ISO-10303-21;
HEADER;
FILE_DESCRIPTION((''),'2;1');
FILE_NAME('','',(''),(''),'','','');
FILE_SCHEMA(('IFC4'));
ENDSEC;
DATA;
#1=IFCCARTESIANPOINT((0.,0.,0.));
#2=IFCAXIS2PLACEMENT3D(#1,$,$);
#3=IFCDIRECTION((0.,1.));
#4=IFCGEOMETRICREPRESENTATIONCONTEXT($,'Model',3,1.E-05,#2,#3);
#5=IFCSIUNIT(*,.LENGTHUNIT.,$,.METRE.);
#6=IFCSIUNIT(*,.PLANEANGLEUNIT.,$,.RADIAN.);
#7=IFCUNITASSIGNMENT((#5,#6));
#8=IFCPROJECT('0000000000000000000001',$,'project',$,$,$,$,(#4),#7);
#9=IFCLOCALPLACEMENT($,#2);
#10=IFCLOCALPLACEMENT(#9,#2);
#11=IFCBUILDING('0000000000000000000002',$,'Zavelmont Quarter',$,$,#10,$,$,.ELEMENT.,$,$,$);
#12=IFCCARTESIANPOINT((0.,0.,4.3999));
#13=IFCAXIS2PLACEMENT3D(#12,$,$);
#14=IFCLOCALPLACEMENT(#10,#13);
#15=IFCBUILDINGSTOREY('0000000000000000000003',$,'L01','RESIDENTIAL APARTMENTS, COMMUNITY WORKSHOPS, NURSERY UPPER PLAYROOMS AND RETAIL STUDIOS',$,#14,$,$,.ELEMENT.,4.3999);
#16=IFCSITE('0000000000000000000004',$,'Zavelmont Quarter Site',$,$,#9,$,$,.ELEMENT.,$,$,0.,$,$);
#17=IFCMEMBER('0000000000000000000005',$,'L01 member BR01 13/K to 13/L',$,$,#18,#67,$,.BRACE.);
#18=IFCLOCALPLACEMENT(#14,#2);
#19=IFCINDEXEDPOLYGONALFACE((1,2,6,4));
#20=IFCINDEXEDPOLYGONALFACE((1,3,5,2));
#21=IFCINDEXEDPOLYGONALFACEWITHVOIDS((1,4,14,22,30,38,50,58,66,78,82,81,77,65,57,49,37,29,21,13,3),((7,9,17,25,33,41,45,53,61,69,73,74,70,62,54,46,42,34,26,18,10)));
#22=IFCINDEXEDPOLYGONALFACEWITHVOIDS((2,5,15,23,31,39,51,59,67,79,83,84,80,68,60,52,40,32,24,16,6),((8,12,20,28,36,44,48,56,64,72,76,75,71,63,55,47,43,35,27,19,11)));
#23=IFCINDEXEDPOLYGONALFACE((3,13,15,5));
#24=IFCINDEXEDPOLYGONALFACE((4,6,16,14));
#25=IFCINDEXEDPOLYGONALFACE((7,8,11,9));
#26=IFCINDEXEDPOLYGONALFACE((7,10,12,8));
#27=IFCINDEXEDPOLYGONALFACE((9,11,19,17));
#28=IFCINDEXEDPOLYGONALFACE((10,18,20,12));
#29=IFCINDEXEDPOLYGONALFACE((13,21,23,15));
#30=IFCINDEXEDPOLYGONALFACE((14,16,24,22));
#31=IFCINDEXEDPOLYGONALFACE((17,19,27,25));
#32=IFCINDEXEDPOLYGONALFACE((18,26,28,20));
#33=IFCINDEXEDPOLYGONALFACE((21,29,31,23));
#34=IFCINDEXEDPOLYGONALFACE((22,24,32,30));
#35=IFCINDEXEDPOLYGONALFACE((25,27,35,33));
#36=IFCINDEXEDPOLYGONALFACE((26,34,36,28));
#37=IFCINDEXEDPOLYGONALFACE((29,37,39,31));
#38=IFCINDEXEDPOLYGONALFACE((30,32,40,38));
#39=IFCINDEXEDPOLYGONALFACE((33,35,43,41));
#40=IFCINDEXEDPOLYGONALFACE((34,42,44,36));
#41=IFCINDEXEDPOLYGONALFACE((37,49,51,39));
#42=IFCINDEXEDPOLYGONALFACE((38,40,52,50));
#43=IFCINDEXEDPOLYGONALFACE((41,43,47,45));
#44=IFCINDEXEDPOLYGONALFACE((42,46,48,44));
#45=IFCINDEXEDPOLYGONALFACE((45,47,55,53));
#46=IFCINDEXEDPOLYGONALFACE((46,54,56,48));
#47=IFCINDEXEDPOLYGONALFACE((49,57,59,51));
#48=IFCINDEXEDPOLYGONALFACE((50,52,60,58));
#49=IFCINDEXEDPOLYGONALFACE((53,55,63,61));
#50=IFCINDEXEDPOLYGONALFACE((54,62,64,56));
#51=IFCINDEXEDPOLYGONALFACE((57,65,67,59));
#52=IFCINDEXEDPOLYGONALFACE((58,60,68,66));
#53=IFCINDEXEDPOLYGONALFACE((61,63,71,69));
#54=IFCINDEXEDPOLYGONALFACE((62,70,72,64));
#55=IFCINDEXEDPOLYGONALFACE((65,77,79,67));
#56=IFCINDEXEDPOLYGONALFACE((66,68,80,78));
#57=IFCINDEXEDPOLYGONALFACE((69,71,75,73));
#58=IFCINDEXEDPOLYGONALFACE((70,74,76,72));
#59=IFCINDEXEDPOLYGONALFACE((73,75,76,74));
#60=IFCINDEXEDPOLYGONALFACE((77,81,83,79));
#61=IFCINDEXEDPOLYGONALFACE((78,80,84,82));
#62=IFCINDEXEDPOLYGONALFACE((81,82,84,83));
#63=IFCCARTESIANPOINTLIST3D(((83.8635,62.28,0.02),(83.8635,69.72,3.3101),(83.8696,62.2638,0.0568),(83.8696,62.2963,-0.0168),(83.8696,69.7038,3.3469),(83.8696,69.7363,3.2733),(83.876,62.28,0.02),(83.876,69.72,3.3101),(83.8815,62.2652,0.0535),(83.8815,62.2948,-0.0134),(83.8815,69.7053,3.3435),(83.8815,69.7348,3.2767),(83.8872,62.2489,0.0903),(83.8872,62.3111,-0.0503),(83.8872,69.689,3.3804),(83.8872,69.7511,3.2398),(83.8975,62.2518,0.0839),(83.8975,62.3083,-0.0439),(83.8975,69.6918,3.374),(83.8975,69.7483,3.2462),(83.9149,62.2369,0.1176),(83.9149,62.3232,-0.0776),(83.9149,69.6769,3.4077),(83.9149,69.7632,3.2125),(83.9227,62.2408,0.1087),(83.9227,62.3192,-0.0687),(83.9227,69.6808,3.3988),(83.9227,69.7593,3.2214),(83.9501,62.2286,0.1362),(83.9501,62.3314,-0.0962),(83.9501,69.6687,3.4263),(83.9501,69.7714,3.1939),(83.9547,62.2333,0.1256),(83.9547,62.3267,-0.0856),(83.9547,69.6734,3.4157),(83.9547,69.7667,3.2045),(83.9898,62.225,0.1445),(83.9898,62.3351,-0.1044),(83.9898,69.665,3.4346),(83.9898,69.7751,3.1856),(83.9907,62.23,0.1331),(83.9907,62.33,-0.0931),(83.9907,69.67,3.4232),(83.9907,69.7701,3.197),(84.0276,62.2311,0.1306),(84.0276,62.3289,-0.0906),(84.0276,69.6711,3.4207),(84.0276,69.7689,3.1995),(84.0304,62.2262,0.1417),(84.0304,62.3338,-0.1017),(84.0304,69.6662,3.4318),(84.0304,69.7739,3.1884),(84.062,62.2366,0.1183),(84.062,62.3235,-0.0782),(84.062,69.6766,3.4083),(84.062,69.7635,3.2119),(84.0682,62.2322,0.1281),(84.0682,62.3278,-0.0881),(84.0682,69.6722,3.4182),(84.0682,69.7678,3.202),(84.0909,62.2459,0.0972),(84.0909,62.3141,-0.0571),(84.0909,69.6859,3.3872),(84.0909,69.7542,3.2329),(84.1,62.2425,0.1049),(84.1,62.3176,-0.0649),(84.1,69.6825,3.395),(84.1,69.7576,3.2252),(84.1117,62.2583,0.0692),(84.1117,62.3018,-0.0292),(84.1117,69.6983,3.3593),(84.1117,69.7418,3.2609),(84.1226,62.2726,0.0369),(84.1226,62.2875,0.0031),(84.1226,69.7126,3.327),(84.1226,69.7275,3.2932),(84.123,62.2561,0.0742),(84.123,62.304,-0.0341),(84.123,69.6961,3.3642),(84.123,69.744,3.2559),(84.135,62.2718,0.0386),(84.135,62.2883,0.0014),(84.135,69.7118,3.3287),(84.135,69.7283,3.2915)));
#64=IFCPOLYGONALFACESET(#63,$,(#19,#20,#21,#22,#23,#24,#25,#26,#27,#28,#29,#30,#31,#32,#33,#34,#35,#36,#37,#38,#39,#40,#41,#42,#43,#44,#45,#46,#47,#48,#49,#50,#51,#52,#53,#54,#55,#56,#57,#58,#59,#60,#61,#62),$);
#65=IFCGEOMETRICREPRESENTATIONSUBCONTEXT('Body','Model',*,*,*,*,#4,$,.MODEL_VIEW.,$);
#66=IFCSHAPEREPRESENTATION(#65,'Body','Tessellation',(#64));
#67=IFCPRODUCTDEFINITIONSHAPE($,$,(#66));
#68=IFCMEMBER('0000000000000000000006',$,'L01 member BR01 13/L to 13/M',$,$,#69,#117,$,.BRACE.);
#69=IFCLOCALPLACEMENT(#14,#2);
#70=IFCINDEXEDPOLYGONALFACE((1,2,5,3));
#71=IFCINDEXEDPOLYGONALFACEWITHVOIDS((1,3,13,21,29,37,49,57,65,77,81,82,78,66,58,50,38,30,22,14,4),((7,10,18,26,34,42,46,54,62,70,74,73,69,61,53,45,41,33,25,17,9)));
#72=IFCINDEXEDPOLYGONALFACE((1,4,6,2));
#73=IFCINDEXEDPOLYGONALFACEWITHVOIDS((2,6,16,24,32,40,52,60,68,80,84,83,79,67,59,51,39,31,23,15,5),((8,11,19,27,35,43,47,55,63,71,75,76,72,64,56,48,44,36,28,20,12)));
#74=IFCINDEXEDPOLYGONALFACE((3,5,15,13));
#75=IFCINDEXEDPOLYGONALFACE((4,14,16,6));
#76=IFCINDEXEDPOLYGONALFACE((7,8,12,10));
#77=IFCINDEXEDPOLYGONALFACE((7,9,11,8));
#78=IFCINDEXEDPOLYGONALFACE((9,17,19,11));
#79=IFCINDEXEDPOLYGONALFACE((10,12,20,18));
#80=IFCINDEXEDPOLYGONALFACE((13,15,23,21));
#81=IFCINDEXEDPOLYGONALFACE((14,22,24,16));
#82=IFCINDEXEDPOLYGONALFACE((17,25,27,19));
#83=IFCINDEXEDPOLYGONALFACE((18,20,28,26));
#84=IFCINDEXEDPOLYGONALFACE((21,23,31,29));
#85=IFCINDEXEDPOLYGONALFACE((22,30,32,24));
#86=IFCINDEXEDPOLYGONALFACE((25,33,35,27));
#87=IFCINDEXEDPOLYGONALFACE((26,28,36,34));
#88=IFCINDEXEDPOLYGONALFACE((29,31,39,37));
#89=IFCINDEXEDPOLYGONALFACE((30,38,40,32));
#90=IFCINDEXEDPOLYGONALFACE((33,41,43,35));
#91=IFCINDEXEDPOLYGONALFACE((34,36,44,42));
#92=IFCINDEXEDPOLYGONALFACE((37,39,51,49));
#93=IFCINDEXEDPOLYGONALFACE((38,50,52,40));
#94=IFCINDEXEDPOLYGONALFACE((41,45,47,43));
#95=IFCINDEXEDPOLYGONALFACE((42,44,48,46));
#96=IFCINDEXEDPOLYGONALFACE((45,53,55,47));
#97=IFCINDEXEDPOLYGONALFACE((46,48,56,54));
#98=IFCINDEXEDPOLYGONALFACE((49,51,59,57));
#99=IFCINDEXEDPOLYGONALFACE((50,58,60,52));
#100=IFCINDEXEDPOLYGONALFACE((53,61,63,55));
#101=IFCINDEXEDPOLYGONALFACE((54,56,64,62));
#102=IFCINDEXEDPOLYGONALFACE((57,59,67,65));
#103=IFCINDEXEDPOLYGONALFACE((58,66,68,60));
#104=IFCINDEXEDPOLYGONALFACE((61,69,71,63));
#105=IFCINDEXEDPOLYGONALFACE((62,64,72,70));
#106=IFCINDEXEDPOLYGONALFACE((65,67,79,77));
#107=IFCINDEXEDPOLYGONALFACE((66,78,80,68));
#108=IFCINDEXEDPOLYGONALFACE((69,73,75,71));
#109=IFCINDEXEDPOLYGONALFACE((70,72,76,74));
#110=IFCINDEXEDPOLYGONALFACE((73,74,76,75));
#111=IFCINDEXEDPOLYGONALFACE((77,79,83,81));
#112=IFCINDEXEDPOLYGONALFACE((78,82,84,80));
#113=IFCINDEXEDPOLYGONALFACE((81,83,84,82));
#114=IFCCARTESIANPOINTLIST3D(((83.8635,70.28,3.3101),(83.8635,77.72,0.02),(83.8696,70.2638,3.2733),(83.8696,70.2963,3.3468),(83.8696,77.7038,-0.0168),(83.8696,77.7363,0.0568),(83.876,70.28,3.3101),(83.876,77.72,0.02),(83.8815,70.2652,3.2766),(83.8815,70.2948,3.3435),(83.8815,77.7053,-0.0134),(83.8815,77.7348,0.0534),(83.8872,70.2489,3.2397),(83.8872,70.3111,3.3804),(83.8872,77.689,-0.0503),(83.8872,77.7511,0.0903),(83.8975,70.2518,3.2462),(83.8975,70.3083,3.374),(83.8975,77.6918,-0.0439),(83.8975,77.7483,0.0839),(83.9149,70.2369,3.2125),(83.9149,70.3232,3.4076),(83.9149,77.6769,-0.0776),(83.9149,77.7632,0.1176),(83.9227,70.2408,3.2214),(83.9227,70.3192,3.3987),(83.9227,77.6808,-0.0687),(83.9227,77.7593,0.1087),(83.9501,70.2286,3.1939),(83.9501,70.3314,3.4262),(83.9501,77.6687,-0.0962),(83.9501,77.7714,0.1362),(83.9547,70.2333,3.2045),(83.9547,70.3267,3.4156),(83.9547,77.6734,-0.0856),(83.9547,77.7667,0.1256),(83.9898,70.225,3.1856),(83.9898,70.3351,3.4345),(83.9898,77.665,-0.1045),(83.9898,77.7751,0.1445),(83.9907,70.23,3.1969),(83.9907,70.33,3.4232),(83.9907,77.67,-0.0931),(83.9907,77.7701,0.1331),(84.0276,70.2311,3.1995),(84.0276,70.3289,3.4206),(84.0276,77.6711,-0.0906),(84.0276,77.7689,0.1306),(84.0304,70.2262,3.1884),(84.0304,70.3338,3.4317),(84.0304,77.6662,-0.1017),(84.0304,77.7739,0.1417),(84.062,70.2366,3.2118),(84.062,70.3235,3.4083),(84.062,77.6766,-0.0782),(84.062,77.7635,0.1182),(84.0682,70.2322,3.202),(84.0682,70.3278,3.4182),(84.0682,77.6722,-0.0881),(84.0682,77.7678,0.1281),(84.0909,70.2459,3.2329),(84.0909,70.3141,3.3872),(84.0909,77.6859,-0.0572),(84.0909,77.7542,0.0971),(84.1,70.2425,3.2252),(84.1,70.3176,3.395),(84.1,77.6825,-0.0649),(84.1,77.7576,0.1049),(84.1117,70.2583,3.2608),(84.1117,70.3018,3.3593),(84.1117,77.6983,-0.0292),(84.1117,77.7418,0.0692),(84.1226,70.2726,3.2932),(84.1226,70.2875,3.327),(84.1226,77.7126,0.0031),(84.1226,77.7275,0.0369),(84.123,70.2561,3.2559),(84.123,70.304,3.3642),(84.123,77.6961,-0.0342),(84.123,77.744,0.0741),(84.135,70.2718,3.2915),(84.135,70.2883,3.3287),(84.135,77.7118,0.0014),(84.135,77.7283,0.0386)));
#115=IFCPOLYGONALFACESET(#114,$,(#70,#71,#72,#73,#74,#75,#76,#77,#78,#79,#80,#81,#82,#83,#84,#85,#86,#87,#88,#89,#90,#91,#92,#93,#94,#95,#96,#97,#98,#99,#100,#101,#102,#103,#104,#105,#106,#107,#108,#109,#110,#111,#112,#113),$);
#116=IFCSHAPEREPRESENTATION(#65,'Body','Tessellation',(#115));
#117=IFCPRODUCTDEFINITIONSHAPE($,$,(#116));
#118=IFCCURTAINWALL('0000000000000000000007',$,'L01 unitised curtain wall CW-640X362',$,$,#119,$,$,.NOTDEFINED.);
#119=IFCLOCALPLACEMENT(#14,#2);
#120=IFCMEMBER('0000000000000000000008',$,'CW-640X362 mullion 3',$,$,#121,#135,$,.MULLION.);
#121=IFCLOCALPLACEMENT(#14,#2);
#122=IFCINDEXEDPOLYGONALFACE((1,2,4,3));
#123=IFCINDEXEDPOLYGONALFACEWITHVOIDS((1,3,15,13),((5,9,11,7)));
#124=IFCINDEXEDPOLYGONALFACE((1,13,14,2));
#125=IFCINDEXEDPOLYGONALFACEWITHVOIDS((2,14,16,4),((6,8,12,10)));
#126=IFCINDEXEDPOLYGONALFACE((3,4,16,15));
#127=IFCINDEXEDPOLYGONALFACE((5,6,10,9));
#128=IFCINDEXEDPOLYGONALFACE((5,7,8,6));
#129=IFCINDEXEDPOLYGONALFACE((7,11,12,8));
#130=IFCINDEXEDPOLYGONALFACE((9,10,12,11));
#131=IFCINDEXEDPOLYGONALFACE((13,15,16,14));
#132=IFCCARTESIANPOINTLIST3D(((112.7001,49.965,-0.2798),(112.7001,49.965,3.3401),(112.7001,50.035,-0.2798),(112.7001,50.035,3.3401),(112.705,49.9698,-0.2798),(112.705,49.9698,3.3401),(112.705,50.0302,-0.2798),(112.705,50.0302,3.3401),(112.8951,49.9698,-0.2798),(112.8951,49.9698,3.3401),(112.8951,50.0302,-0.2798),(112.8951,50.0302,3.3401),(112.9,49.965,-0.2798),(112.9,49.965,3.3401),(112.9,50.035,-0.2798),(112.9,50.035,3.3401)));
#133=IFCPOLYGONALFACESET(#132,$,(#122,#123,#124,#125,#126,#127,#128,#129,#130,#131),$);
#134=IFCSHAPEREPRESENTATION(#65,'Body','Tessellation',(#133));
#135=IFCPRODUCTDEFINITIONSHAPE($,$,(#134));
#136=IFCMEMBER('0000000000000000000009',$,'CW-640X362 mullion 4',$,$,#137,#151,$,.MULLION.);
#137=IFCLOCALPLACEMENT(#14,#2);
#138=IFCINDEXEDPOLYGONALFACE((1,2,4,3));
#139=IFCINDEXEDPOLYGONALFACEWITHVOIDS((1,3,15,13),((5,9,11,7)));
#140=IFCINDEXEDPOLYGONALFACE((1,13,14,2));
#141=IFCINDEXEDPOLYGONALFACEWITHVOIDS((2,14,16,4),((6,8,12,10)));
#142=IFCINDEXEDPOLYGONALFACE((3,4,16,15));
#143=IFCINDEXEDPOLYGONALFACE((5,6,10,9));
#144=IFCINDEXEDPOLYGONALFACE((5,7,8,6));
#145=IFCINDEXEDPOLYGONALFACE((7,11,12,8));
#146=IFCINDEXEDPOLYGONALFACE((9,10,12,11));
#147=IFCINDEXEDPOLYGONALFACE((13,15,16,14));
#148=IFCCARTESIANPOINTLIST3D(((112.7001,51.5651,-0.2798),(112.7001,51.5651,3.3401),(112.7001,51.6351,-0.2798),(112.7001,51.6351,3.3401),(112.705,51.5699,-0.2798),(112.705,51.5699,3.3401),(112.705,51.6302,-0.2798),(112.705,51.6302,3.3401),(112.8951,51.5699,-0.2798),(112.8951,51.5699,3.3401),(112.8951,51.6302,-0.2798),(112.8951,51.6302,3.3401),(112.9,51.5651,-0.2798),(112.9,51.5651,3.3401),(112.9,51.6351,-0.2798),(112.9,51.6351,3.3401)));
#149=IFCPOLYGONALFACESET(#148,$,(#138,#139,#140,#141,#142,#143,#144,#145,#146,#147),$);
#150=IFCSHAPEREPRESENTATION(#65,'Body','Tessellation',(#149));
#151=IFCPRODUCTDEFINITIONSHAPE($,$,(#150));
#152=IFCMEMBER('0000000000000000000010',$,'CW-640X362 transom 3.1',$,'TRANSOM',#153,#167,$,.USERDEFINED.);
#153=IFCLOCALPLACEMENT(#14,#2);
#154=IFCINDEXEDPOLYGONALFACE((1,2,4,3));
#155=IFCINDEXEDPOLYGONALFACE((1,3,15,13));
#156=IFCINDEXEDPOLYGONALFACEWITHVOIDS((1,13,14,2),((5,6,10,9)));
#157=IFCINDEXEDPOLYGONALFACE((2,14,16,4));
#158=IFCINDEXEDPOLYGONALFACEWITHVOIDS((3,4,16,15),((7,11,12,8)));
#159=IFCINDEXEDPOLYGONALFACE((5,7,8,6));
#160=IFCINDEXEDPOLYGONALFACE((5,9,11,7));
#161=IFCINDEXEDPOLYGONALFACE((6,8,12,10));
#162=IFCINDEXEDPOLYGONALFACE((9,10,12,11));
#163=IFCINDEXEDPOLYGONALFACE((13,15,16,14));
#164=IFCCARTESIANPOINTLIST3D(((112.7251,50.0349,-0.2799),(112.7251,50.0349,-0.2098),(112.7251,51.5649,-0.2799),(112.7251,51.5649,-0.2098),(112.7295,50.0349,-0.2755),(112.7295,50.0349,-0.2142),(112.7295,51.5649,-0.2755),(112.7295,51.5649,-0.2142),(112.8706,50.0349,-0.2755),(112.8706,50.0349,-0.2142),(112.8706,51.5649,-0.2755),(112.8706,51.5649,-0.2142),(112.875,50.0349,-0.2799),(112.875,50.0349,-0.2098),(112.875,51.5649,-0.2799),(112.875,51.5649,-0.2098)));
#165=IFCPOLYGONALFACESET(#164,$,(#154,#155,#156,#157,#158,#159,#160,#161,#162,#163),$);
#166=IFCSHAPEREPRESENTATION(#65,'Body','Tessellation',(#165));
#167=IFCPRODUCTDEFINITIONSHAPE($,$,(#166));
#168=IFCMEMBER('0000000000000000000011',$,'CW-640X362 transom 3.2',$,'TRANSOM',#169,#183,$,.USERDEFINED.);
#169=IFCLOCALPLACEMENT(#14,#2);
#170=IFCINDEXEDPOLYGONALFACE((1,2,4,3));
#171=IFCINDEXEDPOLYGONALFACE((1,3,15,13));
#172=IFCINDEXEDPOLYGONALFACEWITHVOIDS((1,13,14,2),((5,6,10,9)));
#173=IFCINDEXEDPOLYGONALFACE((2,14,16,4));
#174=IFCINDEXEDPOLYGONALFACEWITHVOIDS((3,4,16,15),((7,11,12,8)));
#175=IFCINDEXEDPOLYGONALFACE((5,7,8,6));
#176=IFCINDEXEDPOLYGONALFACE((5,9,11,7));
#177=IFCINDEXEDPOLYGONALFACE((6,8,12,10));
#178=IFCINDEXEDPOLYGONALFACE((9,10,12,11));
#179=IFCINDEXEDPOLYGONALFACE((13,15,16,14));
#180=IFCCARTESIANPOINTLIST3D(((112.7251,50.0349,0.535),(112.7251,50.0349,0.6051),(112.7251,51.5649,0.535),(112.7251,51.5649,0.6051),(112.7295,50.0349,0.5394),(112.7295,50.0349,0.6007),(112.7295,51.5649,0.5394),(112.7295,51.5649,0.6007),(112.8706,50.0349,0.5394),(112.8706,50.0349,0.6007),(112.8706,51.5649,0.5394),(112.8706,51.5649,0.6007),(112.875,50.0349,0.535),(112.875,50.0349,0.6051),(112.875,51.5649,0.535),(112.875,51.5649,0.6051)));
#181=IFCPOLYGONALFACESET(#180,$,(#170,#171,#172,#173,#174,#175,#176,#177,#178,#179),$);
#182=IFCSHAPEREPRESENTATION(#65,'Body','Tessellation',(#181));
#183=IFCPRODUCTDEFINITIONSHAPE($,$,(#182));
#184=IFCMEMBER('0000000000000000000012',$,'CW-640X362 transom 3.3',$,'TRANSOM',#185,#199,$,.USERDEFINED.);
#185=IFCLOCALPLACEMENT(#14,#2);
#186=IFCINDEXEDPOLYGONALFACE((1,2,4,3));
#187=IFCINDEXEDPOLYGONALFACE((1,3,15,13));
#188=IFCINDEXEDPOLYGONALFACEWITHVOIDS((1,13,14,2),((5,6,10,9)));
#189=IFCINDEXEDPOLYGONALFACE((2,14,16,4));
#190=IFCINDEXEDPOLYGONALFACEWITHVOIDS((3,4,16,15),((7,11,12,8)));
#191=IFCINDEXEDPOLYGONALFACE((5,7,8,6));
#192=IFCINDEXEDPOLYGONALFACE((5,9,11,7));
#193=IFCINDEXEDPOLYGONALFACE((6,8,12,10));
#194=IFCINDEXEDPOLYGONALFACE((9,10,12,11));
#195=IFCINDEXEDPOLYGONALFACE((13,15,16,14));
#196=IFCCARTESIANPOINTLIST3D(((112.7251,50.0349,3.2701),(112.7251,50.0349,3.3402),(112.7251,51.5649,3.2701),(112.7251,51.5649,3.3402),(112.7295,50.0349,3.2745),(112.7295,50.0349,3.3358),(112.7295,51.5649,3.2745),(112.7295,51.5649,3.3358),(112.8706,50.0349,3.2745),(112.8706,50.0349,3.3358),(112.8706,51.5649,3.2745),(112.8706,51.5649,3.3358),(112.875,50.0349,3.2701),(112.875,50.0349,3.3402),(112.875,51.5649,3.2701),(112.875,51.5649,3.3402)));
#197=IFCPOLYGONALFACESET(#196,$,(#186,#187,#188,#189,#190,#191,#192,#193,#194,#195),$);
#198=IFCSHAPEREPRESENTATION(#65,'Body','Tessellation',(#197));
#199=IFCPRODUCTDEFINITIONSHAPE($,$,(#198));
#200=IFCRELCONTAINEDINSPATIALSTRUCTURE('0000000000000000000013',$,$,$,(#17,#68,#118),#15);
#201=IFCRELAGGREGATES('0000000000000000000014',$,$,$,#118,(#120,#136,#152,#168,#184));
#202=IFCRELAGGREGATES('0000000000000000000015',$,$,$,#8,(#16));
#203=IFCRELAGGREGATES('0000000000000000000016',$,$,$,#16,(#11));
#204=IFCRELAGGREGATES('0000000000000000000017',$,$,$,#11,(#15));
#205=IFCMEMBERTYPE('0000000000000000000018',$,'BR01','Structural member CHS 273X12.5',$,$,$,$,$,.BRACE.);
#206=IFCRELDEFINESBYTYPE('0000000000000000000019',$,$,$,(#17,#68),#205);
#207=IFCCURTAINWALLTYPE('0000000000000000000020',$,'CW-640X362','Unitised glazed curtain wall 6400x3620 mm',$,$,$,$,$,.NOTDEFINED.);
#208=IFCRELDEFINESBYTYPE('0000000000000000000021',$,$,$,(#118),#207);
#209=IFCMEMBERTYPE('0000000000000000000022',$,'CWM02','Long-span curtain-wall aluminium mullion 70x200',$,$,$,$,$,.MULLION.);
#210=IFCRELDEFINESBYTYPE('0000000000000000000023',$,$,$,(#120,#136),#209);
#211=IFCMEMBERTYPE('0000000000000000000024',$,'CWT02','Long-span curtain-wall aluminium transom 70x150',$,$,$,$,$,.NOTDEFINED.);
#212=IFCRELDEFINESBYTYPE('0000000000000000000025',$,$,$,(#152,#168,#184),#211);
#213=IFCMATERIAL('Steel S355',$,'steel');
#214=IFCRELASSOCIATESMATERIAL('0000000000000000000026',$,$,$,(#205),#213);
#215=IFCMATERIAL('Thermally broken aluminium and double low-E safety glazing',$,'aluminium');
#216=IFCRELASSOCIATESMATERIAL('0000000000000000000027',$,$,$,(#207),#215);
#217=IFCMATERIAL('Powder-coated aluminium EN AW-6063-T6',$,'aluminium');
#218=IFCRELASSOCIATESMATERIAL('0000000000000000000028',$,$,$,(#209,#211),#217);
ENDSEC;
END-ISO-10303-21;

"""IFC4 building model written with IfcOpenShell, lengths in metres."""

from ifc_helpers import new_model, si_unit, direction, frame, origin, origin_2d, place, context, subcontext, project, spatial, hollow_rectangle, hollow_circle, extrude, material, material_profile, profile_set, type_object, element, aggregate, save


model = new_model("IFC4")

# Units and contexts
model_context = context("Model", 3, precision=1e-05, world=origin(), true_north=direction((0.0, 1.0)))
body_context = subcontext(model_context, "Body", "Model", "MODEL_VIEW")
ifc_project = project(units=[si_unit("LENGTHUNIT", "METRE"), si_unit("PLANEANGLEUNIT", "RADIAN")], contexts=[model_context])

# Site, building, storey
site_placement = place(None, origin())
site = spatial("IfcSite", under=ifc_project, at=site_placement, Name="Zavelmont Quarter Site", CompositionType="ELEMENT", RefElevation=0.0)
building_placement = place(site_placement, origin())
building = spatial("IfcBuilding", under=site, at=building_placement, Name="Zavelmont Quarter", CompositionType="ELEMENT")
storey_placement = place(building_placement, frame((0.0, 0.0, 4.3999)))
storey = spatial("IfcBuildingStorey", under=building, at=storey_placement, Name="L01", Description="RESIDENTIAL APARTMENTS, COMMUNITY WORKSHOPS, NURSERY UPPER PLAYROOMS AND RETAIL STUDIOS", CompositionType="ELEMENT", Elevation=4.3999)

# Members
ifc_material_1 = material(Name="Steel S355", Category="steel")
ifc_material_profile_1 = material_profile(ifc_material_1, hollow_circle(Radius=0.1365, WallThickness=0.0125, at=origin_2d()), Name="CHS 273X12.5")
ifc_profile_set_1 = profile_set([ifc_material_profile_1], Name="Steel S355")
member_type_1 = type_object("IfcMemberType", Name="BR01", Description="Structural member CHS 273X12.5", PredefinedType="BRACE", material=ifc_profile_set_1)
for number, where, z_axis, x_axis, name in (
    (1, (84.0, 62.28, 0.02), (0.0, 0.914567, 0.404434), (-1.0, 0.0, 0.0), "L01 member BR01 13/K to 13/L"),
    (2, (84.0, 70.28, 3.3101), (0.0, 0.914567, -0.404434), (-1.0, 0.0, 0.0), "L01 member BR01 13/L to 13/M"),
):
    element("IfcMember", number, at=place(storey_placement, frame(where, z_axis=z_axis, x_axis=x_axis)), inside=storey, type_object=member_type_1, Name=name, PredefinedType="BRACE", context=body_context, shape_type="SweptSolid", body=[
        extrude(hollow_circle(Radius=0.1365, WallThickness=0.0125, at=origin_2d()), origin(), (0.0, 0.0, 1.0), 8.135),
    ])

# Curtain wall, members
ifc_material_2 = material(Name="Thermally broken aluminium and double low-E safety glazing", Category="aluminium")
curtain_wall_type = type_object("IfcCurtainWallType", Name="CW-640X362", Description="Unitised glazed curtain wall 6400x3620 mm", PredefinedType="NOTDEFINED", material=ifc_material_2)
curtain_wall_placement = place(storey_placement, origin())
curtain_wall = element("IfcCurtainWall", 3, at=curtain_wall_placement, inside=storey, type_object=curtain_wall_type, Name="L01 unitised curtain wall CW-640X362", PredefinedType="NOTDEFINED")
ifc_material_3 = material(Name="Powder-coated aluminium EN AW-6063-T6", Category="aluminium")
ifc_material_profile_2 = material_profile(ifc_material_3, hollow_rectangle(XDim=0.0701, YDim=0.2, WallThickness=0.0049, at=origin_2d()), Name="CWM70X200")
ifc_profile_set_2 = profile_set([ifc_material_profile_2], Name="Powder-coated aluminium EN AW-6063-T6")
member_type_2 = type_object("IfcMemberType", Name="CWM02", Description="Long-span curtain-wall aluminium mullion 70x200", PredefinedType="MULLION", material=ifc_profile_set_2)
member_1_placement = place(storey_placement, frame((112.8, 50.0, -0.2798), z_axis=(0.0, 0.0, 1.0), x_axis=(0.0, 1.0, 0.0)))
member_1 = element("IfcMember", 4, at=member_1_placement, type_object=member_type_2, Name="CW-640X362 mullion 3", PredefinedType="MULLION", context=body_context, shape_type="SweptSolid", body=[
    extrude(hollow_rectangle(XDim=0.0701, YDim=0.2, WallThickness=0.0049, at=origin_2d()), origin(), (0.0, 0.0, 1.0), 3.6199),
])
member_2_placement = place(storey_placement, frame((112.8, 51.6001, -0.2798), z_axis=(0.0, 0.0, 1.0), x_axis=(0.0, 1.0, 0.0)))
member_2 = element("IfcMember", 5, at=member_2_placement, type_object=member_type_2, Name="CW-640X362 mullion 4", PredefinedType="MULLION", context=body_context, shape_type="SweptSolid", body=[
    extrude(hollow_rectangle(XDim=0.0701, YDim=0.2, WallThickness=0.0049, at=origin_2d()), origin(), (0.0, 0.0, 1.0), 3.6199),
])
ifc_material_profile_3 = material_profile(ifc_material_3, hollow_rectangle(XDim=0.1499, YDim=0.0701, WallThickness=0.0044, at=origin_2d()), Name="CWT70X150")
ifc_profile_set_3 = profile_set([ifc_material_profile_3], Name="Powder-coated aluminium EN AW-6063-T6")
member_type_3 = type_object("IfcMemberType", Name="CWT02", Description="Long-span curtain-wall aluminium transom 70x150", PredefinedType="NOTDEFINED", material=ifc_profile_set_3)
member_3_placement = place(storey_placement, frame((112.8, 50.0349, -0.2449), z_axis=(0.0, 1.0, 0.0), x_axis=(-1.0, 0.0, 0.0)))
member_3 = element("IfcMember", 6, at=member_3_placement, type_object=member_type_3, Name="CW-640X362 transom 3.1", ObjectType="TRANSOM", PredefinedType="USERDEFINED", context=body_context, shape_type="SweptSolid", body=[
    extrude(hollow_rectangle(XDim=0.1499, YDim=0.0701, WallThickness=0.0044, at=origin_2d()), origin(), (0.0, 0.0, 1.0), 1.53),
])
member_4_placement = place(storey_placement, frame((112.8, 50.0349, 0.5701), z_axis=(0.0, 1.0, 0.0), x_axis=(-1.0, 0.0, 0.0)))
member_4 = element("IfcMember", 7, at=member_4_placement, type_object=member_type_3, Name="CW-640X362 transom 3.2", ObjectType="TRANSOM", PredefinedType="USERDEFINED", context=body_context, shape_type="SweptSolid", body=[
    extrude(hollow_rectangle(XDim=0.1499, YDim=0.0701, WallThickness=0.0044, at=origin_2d()), origin(), (0.0, 0.0, 1.0), 1.53),
])
member_5_placement = place(storey_placement, frame((112.8, 50.0349, 3.3052), z_axis=(0.0, 1.0, 0.0), x_axis=(-1.0, 0.0, 0.0)))
member_5 = element("IfcMember", 8, at=member_5_placement, type_object=member_type_3, Name="CW-640X362 transom 3.3", ObjectType="TRANSOM", PredefinedType="USERDEFINED", context=body_context, shape_type="SweptSolid", body=[
    extrude(hollow_rectangle(XDim=0.1499, YDim=0.0701, WallThickness=0.0044, at=origin_2d()), origin(), (0.0, 0.0, 1.0), 1.53),
])
aggregate(curtain_wall, [member_1, member_2, member_3, member_4, member_5])

save(model, "model.ifc")
